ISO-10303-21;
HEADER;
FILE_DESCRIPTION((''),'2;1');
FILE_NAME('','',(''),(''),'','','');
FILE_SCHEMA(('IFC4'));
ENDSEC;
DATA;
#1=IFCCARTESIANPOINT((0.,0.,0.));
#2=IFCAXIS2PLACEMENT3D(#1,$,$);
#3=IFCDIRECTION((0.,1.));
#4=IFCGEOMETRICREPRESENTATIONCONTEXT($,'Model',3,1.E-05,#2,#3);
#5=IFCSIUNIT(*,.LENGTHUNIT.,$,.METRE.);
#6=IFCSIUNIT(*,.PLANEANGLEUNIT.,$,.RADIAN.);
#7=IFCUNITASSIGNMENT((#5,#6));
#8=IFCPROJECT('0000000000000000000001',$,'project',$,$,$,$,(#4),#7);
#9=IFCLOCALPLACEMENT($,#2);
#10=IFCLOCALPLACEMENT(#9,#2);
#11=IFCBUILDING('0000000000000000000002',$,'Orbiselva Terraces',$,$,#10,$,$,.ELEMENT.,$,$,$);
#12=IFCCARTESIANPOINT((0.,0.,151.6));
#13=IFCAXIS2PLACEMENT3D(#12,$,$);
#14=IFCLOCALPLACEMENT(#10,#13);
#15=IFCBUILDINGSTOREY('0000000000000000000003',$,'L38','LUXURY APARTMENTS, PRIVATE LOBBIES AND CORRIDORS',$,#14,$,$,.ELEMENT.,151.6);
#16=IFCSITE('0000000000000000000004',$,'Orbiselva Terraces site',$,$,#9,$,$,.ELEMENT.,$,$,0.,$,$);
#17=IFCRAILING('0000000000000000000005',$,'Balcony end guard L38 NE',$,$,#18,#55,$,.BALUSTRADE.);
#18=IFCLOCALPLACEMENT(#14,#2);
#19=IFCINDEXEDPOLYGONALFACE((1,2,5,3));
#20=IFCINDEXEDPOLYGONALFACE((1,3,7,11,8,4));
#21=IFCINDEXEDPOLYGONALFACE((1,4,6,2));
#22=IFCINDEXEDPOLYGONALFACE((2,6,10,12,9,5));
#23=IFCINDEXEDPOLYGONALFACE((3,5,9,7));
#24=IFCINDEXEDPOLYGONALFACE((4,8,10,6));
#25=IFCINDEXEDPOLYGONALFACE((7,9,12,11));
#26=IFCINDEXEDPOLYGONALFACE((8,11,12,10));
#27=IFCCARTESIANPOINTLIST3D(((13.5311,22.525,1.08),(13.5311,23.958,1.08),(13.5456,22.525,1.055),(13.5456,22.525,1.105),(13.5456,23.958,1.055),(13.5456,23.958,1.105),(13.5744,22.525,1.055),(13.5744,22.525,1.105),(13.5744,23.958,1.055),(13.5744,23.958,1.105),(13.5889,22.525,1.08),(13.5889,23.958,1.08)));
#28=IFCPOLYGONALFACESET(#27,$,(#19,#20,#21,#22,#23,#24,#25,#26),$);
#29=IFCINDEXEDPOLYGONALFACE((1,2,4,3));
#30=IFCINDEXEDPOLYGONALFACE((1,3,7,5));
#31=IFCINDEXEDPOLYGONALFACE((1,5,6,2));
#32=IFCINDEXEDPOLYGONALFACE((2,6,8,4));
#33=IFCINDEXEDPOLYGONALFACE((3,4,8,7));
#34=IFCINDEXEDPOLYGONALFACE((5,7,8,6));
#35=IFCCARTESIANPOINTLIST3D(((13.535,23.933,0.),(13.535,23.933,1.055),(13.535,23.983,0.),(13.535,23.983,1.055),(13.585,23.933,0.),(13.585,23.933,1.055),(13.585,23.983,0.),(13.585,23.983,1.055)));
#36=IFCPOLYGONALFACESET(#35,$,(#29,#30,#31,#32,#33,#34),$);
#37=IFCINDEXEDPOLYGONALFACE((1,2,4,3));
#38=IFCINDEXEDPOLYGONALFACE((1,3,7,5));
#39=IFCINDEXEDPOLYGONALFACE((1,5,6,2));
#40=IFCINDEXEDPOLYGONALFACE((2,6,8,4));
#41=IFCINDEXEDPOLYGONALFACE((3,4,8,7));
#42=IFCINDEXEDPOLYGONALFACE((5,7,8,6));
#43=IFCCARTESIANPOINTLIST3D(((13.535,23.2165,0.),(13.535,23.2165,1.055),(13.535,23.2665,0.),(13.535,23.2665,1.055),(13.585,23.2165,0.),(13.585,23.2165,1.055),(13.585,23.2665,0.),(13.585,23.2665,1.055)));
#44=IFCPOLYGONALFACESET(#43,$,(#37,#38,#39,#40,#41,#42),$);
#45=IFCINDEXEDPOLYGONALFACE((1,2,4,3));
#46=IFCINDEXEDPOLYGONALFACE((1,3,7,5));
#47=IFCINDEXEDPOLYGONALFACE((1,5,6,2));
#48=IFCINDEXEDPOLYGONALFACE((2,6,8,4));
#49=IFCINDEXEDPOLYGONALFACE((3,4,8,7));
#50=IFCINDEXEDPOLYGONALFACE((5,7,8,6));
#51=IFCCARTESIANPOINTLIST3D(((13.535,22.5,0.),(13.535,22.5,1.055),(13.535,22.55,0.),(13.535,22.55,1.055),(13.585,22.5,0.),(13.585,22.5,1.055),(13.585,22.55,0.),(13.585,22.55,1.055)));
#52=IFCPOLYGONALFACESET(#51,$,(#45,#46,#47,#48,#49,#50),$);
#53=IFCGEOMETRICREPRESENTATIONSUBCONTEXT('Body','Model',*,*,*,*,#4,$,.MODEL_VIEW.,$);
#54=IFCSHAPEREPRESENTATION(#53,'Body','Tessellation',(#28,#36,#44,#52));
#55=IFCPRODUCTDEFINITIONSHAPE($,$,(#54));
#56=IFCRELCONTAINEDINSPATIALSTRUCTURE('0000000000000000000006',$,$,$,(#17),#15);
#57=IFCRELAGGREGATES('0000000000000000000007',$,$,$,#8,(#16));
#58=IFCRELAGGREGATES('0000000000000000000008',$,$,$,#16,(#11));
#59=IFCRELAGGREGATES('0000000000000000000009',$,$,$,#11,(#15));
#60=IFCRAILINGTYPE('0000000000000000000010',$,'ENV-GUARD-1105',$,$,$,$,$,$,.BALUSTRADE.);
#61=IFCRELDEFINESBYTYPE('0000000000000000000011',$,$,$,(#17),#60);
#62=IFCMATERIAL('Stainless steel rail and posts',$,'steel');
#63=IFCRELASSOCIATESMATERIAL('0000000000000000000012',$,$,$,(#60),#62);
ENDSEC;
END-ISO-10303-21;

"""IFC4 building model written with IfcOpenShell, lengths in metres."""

from ifc_helpers import new_model, si_unit, direction, frame, origin, origin_2d, place, context, subcontext, project, spatial, polyline, rectangle, outline, extrude, material, type_object, element, save


model = new_model("IFC4")

# Units and contexts
model_context = context("Model", 3, precision=1e-05, world=origin(), true_north=direction((0.0, 1.0)))
body_context = subcontext(model_context, "Body", "Model", "MODEL_VIEW")
ifc_project = project(units=[si_unit("LENGTHUNIT", "METRE"), si_unit("PLANEANGLEUNIT", "RADIAN")], contexts=[model_context])

# Site, building, storey
site_placement = place(None, origin())
site = spatial("IfcSite", under=ifc_project, at=site_placement, Name="Orbiselva Terraces site", CompositionType="ELEMENT", RefElevation=0.0)
building_placement = place(site_placement, origin())
building = spatial("IfcBuilding", under=site, at=building_placement, Name="Orbiselva Terraces", CompositionType="ELEMENT")
storey_placement = place(building_placement, frame((0.0, 0.0, 151.6)))
storey = spatial("IfcBuildingStorey", under=building, at=storey_placement, Name="L38", Description="LUXURY APARTMENTS, PRIVATE LOBBIES AND CORRIDORS", CompositionType="ELEMENT", Elevation=151.6)

# Railing
ifc_material_1 = material(Name="Stainless steel rail and posts", Category="steel")
railing_type_1 = type_object("IfcRailingType", Name="ENV-GUARD-1105", PredefinedType="BALUSTRADE", material=ifc_material_1)
railing_1_placement = place(storey_placement, frame((13.56, 23.958, 0.0)))
element("IfcRailing", 1, at=railing_1_placement, inside=storey, type_object=railing_type_1, Name="Balcony end guard L38 NE", PredefinedType="BALUSTRADE", context=body_context, shape_type="SweptSolid", body=[
    extrude(outline(polyline([(0.0289, 0.0), (0.0144, 0.025), (-0.0144, 0.025), (-0.0289, 0.0), (-0.0144, -0.025), (0.0144, -0.025), (0.0289, 0.0)])), frame((0.0, 0.0, 1.08), z_axis=(0.0, -1.0, 0.0), x_axis=(1.0, 0.0, 0.0)), (0.0, 0.0, 1.0), 1.433),
    extrude(rectangle(XDim=0.05, YDim=0.05, at=origin_2d()), origin(), (0.0, 0.0, 1.0), 1.055),
    extrude(rectangle(XDim=0.05, YDim=0.05, at=origin_2d()), frame((0.0, -0.7165, 0.0)), (0.0, 0.0, 1.0), 1.055),
    extrude(rectangle(XDim=0.05, YDim=0.05, at=origin_2d()), frame((0.0, -1.433, 0.0)), (0.0, 0.0, 1.0), 1.055),
])

save(model, "model.ifc")
